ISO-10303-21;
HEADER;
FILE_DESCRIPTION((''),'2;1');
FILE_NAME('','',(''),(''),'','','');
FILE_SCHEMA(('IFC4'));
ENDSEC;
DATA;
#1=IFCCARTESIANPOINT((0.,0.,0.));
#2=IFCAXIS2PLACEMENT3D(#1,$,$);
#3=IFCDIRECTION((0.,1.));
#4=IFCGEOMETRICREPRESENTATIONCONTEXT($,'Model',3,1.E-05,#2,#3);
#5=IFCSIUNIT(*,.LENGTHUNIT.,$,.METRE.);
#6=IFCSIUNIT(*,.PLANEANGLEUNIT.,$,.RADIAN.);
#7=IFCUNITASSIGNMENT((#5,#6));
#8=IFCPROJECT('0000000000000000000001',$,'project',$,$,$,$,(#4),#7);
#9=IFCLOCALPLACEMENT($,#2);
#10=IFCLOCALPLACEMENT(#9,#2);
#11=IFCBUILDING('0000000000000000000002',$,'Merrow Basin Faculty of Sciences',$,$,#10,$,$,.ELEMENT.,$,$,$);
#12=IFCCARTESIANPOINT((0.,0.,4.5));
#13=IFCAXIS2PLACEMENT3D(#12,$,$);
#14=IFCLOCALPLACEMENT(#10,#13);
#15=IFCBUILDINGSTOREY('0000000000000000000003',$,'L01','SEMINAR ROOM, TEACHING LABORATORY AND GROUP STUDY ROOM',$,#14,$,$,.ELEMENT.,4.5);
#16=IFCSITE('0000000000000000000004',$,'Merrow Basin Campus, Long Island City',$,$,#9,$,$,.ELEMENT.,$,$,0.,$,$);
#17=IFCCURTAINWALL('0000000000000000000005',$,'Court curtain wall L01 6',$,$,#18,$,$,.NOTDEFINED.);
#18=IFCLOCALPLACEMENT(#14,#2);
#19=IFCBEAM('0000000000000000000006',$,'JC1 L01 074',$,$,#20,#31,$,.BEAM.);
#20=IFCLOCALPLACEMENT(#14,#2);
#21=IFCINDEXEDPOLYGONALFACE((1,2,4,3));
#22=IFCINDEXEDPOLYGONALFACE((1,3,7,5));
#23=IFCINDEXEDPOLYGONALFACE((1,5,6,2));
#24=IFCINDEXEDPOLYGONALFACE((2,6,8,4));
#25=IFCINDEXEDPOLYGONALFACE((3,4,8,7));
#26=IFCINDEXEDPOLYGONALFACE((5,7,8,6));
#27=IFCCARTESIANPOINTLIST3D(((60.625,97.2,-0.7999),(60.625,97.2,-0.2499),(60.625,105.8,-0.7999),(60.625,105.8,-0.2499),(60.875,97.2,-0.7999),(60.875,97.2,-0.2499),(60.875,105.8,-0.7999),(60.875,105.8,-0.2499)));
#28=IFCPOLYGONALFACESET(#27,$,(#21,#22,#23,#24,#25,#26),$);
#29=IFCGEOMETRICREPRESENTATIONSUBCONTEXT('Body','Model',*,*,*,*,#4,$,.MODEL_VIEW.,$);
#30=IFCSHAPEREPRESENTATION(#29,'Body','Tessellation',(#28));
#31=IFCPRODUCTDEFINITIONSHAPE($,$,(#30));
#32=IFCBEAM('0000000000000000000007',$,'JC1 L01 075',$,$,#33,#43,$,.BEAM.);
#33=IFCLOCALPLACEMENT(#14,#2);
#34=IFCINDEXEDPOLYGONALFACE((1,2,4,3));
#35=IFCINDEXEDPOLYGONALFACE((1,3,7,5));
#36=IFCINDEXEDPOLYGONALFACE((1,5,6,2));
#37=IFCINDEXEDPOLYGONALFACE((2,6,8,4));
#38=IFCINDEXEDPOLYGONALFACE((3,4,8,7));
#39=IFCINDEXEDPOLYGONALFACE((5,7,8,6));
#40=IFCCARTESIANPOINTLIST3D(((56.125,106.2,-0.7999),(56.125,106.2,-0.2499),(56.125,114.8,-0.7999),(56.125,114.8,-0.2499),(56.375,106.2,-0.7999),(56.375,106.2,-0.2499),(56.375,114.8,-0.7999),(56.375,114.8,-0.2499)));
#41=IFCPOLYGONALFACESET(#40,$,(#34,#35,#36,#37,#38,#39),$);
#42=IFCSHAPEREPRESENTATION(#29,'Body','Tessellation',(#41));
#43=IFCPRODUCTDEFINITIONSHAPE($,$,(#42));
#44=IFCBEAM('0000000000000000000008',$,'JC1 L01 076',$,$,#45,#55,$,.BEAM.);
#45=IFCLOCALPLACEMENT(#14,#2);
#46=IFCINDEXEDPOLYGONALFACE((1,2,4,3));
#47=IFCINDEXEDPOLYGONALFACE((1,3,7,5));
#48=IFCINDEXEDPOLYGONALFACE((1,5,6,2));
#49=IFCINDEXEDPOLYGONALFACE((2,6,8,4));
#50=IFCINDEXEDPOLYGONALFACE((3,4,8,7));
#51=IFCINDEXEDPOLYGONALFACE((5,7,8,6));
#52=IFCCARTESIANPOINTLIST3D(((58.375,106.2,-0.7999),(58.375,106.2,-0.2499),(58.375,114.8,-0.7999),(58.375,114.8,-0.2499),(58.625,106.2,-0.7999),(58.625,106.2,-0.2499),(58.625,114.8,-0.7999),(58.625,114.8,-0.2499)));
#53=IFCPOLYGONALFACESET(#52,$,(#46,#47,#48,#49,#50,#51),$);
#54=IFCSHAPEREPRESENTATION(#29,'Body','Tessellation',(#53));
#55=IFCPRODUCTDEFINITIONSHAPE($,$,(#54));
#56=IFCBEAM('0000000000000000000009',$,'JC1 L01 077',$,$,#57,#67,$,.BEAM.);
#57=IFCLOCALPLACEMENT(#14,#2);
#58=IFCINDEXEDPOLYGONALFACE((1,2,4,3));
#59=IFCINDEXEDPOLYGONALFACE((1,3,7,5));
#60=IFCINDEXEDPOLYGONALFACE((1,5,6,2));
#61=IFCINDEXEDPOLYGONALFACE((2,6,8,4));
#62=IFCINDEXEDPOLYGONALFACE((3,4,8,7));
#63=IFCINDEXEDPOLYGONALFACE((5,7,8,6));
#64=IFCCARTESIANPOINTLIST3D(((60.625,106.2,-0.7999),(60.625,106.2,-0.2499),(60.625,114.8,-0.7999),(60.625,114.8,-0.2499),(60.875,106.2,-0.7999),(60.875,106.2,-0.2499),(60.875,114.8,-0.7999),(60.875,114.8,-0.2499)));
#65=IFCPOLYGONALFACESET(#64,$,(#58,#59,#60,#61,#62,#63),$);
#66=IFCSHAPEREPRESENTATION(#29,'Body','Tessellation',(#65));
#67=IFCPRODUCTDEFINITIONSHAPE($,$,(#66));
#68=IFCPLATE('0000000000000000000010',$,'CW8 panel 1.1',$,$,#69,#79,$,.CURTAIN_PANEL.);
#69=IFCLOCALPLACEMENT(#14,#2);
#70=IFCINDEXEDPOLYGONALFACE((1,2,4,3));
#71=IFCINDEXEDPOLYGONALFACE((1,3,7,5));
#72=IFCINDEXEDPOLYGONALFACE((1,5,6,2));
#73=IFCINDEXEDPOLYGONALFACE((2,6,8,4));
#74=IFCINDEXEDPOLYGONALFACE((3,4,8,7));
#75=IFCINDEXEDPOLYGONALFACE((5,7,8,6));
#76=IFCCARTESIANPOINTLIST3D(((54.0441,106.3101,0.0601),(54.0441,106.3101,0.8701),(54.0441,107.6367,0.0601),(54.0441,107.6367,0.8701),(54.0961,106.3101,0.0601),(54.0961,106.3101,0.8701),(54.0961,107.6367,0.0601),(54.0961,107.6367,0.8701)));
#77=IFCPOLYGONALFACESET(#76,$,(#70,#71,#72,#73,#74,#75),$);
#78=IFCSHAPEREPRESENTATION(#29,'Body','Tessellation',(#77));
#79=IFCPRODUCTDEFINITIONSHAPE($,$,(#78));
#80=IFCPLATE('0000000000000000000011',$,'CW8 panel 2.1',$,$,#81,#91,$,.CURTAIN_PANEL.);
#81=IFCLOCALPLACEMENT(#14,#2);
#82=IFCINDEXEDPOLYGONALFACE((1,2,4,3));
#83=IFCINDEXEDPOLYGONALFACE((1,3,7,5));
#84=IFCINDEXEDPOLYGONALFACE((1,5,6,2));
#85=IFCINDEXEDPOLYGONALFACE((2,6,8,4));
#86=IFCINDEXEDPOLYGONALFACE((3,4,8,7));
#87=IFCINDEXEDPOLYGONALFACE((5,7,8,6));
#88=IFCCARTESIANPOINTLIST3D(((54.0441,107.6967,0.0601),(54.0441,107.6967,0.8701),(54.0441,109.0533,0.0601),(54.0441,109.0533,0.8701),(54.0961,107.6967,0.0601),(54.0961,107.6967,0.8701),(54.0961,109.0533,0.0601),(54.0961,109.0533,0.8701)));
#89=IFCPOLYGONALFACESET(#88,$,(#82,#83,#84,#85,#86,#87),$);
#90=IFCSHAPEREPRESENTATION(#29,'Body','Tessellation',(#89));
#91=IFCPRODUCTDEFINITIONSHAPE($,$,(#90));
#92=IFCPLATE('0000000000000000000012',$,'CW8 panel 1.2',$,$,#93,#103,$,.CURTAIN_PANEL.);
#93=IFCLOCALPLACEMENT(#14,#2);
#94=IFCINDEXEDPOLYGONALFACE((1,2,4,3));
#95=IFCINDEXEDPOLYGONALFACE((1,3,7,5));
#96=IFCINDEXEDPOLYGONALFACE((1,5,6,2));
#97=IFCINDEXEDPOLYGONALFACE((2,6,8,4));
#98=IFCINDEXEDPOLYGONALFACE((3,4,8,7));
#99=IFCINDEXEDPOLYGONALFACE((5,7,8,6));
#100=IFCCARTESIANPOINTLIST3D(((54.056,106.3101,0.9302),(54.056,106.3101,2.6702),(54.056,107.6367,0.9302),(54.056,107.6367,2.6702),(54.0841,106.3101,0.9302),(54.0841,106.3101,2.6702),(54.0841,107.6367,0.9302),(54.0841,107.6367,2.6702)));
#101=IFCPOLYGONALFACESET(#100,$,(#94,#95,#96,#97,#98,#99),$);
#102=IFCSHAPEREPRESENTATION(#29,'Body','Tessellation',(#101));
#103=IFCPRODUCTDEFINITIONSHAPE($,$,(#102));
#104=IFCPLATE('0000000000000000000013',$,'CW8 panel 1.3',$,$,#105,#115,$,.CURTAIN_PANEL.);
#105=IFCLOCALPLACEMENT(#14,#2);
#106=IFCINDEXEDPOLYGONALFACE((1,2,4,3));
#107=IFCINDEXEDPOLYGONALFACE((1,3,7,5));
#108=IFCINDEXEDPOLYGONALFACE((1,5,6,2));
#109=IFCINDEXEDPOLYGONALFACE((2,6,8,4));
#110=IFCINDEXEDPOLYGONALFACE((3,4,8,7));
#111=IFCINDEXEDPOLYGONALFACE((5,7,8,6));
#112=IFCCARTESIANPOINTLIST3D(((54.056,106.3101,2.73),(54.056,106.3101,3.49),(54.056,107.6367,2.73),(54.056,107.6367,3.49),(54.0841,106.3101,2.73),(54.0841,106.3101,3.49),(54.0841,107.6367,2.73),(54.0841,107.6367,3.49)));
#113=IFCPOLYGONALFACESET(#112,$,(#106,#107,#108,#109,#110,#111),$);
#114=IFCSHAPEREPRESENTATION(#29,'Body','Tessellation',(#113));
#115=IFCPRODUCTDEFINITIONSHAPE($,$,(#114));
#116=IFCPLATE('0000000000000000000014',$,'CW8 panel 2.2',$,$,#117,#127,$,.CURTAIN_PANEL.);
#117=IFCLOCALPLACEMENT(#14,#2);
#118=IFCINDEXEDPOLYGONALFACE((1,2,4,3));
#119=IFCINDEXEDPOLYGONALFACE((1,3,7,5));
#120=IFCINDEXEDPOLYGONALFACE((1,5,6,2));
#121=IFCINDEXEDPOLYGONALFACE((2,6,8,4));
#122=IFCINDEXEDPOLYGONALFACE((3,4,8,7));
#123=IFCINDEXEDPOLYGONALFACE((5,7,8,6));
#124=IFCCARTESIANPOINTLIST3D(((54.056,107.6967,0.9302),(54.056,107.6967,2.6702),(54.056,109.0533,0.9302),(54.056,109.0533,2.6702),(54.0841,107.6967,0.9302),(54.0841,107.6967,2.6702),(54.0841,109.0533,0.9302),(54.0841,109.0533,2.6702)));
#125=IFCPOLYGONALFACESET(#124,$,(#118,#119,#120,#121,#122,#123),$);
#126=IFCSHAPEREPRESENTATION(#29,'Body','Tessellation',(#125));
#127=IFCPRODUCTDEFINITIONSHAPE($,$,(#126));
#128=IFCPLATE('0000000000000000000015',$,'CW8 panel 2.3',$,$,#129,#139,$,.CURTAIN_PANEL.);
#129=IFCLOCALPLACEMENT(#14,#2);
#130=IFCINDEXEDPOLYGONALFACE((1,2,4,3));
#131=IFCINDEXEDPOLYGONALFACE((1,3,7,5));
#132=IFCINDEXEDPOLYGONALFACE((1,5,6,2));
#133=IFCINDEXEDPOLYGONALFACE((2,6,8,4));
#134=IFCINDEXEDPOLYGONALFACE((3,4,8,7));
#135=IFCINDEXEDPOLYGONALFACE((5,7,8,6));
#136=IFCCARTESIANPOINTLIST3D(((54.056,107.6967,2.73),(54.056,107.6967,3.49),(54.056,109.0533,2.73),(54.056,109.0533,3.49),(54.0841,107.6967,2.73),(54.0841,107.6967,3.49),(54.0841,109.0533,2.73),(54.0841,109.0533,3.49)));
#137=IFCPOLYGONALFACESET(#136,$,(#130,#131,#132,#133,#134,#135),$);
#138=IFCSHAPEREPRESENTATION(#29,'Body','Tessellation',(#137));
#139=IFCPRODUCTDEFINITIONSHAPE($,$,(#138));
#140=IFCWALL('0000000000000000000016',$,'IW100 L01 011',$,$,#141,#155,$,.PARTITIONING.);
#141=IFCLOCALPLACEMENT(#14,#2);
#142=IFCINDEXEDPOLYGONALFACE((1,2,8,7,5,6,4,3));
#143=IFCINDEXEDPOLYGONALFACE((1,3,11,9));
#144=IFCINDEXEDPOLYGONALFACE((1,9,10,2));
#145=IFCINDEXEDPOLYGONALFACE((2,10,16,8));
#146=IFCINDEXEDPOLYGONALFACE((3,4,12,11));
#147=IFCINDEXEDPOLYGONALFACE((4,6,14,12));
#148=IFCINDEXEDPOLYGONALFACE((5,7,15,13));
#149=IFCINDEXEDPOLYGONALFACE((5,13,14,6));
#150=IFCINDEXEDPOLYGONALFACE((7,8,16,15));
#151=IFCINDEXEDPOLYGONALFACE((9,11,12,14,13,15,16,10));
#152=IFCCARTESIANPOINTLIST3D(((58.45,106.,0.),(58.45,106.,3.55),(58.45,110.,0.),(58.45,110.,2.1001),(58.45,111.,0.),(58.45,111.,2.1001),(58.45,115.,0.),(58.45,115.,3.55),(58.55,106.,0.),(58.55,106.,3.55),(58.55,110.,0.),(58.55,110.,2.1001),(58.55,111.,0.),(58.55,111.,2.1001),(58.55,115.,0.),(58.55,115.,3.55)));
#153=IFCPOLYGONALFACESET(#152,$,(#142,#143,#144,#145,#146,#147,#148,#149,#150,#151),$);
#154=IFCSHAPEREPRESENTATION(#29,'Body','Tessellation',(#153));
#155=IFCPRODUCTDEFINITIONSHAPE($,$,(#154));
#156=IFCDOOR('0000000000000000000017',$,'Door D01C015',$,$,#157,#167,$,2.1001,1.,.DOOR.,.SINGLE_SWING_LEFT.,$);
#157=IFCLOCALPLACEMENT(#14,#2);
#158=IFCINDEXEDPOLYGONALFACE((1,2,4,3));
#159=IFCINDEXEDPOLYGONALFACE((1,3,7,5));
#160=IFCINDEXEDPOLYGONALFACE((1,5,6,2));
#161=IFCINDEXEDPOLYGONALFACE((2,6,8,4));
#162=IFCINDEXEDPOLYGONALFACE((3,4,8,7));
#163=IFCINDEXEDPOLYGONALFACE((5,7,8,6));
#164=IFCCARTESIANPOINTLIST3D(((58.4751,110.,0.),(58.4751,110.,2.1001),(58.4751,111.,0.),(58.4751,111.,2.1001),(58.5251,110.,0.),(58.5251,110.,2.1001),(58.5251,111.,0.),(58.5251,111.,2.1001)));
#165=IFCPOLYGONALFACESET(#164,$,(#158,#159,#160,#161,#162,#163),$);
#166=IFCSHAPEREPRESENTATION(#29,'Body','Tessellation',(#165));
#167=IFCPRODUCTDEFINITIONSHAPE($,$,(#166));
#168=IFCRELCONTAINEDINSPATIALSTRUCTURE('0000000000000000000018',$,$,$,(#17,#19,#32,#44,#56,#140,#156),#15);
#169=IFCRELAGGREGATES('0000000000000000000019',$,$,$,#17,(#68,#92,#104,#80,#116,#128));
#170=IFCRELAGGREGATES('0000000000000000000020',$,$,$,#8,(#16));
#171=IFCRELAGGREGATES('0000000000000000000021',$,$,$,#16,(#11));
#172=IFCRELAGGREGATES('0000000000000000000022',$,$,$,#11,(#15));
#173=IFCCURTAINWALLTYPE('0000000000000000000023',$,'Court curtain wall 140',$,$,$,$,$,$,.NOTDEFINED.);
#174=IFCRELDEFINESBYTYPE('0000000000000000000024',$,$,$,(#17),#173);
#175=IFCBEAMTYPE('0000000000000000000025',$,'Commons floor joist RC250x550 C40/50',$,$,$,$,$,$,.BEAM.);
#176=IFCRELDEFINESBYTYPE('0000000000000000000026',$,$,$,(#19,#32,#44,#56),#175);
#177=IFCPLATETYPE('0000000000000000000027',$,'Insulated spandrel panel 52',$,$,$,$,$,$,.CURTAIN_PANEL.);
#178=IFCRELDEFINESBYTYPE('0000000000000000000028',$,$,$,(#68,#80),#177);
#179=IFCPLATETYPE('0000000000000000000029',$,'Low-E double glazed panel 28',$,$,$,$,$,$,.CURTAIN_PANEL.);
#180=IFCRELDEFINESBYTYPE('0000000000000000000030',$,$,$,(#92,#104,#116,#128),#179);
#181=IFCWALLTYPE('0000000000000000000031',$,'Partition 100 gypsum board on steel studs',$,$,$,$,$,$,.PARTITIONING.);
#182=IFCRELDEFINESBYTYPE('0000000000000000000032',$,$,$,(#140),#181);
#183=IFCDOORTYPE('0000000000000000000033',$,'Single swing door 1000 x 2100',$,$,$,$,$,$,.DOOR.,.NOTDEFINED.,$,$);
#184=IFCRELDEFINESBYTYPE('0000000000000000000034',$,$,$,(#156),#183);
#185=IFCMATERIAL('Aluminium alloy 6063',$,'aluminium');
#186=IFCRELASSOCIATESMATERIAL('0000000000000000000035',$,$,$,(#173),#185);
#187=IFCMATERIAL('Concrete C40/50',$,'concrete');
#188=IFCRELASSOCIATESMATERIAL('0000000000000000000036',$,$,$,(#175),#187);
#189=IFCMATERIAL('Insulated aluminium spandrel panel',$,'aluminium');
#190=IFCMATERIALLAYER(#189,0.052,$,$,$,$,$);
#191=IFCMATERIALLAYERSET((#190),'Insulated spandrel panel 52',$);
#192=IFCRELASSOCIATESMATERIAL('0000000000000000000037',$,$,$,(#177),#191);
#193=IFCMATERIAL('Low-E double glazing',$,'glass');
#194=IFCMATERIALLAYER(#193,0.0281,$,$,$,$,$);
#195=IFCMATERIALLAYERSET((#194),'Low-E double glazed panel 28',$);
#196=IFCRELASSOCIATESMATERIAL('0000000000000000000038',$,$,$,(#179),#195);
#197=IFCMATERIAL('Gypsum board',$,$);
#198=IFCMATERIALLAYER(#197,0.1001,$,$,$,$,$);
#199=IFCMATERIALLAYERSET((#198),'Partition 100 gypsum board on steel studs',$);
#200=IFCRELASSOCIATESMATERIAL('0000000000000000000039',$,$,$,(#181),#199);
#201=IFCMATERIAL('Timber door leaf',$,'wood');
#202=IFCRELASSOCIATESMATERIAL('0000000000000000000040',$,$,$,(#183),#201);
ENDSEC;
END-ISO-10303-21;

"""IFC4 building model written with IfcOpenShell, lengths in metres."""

from ifc_helpers import new_model, si_unit, direction, frame, frame_2d, origin, origin_2d, place, context, subcontext, project, spatial, rectangle, extrude, material, layer, layer_set, material_profile, profile_set, type_object, element, fill, aggregate, save


model = new_model("IFC4")

# Units and contexts
model_context = context("Model", 3, precision=1e-05, world=origin(), true_north=direction((0.0, 1.0)))
body_context = subcontext(model_context, "Body", "Model", "MODEL_VIEW")
ifc_project = project(units=[si_unit("LENGTHUNIT", "METRE"), si_unit("PLANEANGLEUNIT", "RADIAN")], contexts=[model_context])

# Site, building, storey
site_placement = place(None, origin())
site = spatial("IfcSite", under=ifc_project, at=site_placement, Name="Merrow Basin Campus, Long Island City", CompositionType="ELEMENT", RefElevation=0.0)
building_placement = place(site_placement, origin())
building = spatial("IfcBuilding", under=site, at=building_placement, Name="Merrow Basin Faculty of Sciences", CompositionType="ELEMENT")
storey_placement = place(building_placement, frame((0.0, 0.0, 4.5)))
storey = spatial("IfcBuildingStorey", under=building, at=storey_placement, Name="L01", Description="SEMINAR ROOM, TEACHING LABORATORY AND GROUP STUDY ROOM", CompositionType="ELEMENT", Elevation=4.5)

# Curtain wall
ifc_material_1 = material(Name="Aluminium alloy 6063", Category="aluminium")
curtain_wall_type = type_object("IfcCurtainWallType", Name="Court curtain wall 140", PredefinedType="NOTDEFINED", material=ifc_material_1)
curtain_wall_placement = place(storey_placement, origin())
curtain_wall = element("IfcCurtainWall", 1, at=curtain_wall_placement, inside=storey, type_object=curtain_wall_type, Name="Court curtain wall L01 6", PredefinedType="NOTDEFINED")

# Beams
ifc_material_2 = material(Name="Concrete C40/50", Category="concrete")
ifc_material_profile_1 = material_profile(ifc_material_2, rectangle(XDim=0.25, YDim=0.55, at=origin_2d()))
ifc_profile_set_1 = profile_set([ifc_material_profile_1], Name="Concrete C40/50")
beam_type_1 = type_object("IfcBeamType", Name="Commons floor joist RC250x550 C40/50", PredefinedType="BEAM", material=ifc_profile_set_1)
for number, where, z_axis, x_axis, name in (
    (2, (60.75, 97.2, -0.5249), (0.0, 1.0, 0.0), (-1.0, 0.0, 0.0), "JC1 L01 074"),
    (3, (56.25, 106.2, -0.5249), (0.0, 1.0, 0.0), (-1.0, 0.0, 0.0), "JC1 L01 075"),
    (4, (58.5, 106.2, -0.5249), (0.0, 1.0, 0.0), (-1.0, 0.0, 0.0), "JC1 L01 076"),
    (5, (60.75, 106.2, -0.5249), (0.0, 1.0, 0.0), (-1.0, 0.0, 0.0), "JC1 L01 077"),
):
    element("IfcBeam", number, at=place(storey_placement, frame(where, z_axis=z_axis, x_axis=x_axis)), inside=storey, type_object=beam_type_1, Name=name, PredefinedType="BEAM", context=body_context, shape_type="SweptSolid", body=[
        extrude(rectangle(XDim=0.25, YDim=0.55, at=origin_2d()), origin(), (0.0, 0.0, 1.0), 8.6001),
    ])

# Plates
ifc_material_3 = material(Name="Insulated aluminium spandrel panel", Category="aluminium")
ifc_layer_1 = layer(ifc_material_3, 0.052)
ifc_layer_set_1 = layer_set([ifc_layer_1], Name="Insulated spandrel panel 52")
plate_type_1 = type_object("IfcPlateType", Name="Insulated spandrel panel 52", PredefinedType="CURTAIN_PANEL", material=ifc_layer_set_1)
plate_1_placement = place(storey_placement, frame((54.0701, 106.9734, 0.0601), z_axis=(0.0, 0.0, 1.0), x_axis=(0.0, 1.0, 0.0)))
plate_1 = element("IfcPlate", 6, at=plate_1_placement, type_object=plate_type_1, Name="CW8 panel 1.1", PredefinedType="CURTAIN_PANEL", context=body_context, shape_type="SweptSolid", body=[
    extrude(rectangle(XDim=1.3267, YDim=0.052, at=origin_2d()), origin(), (0.0, 0.0, 1.0), 0.8101),
])
plate_2_placement = place(storey_placement, frame((54.0701, 108.375, 0.0601), z_axis=(0.0, 0.0, 1.0), x_axis=(0.0, 1.0, 0.0)))
plate_2 = element("IfcPlate", 7, at=plate_2_placement, type_object=plate_type_1, Name="CW8 panel 2.1", PredefinedType="CURTAIN_PANEL", context=body_context, shape_type="SweptSolid", body=[
    extrude(rectangle(XDim=1.3567, YDim=0.052, at=origin_2d()), origin(), (0.0, 0.0, 1.0), 0.8101),
])
ifc_material_4 = material(Name="Low-E double glazing", Category="glass")
ifc_layer_2 = layer(ifc_material_4, 0.0281)
ifc_layer_set_2 = layer_set([ifc_layer_2], Name="Low-E double glazed panel 28")
plate_type_2 = type_object("IfcPlateType", Name="Low-E double glazed panel 28", PredefinedType="CURTAIN_PANEL", material=ifc_layer_set_2)
plate_3_placement = place(storey_placement, frame((54.0701, 106.9734, 0.9302), z_axis=(0.0, 0.0, 1.0), x_axis=(0.0, 1.0, 0.0)))
plate_3 = element("IfcPlate", 8, at=plate_3_placement, type_object=plate_type_2, Name="CW8 panel 1.2", PredefinedType="CURTAIN_PANEL", context=body_context, shape_type="SweptSolid", body=[
    extrude(rectangle(XDim=1.3267, YDim=0.0281, at=origin_2d()), origin(), (0.0, 0.0, 1.0), 1.74),
])
plate_4_placement = place(storey_placement, frame((54.0701, 106.9734, 2.73), z_axis=(0.0, 0.0, 1.0), x_axis=(0.0, 1.0, 0.0)))
plate_4 = element("IfcPlate", 9, at=plate_4_placement, type_object=plate_type_2, Name="CW8 panel 1.3", PredefinedType="CURTAIN_PANEL", context=body_context, shape_type="SweptSolid", body=[
    extrude(rectangle(XDim=1.3267, YDim=0.0281, at=origin_2d()), origin(), (0.0, 0.0, 1.0), 0.76),
])
plate_5_placement = place(storey_placement, frame((54.0701, 108.375, 0.9302), z_axis=(0.0, 0.0, 1.0), x_axis=(0.0, 1.0, 0.0)))
plate_5 = element("IfcPlate", 10, at=plate_5_placement, type_object=plate_type_2, Name="CW8 panel 2.2", PredefinedType="CURTAIN_PANEL", context=body_context, shape_type="SweptSolid", body=[
    extrude(rectangle(XDim=1.3567, YDim=0.0281, at=origin_2d()), origin(), (0.0, 0.0, 1.0), 1.74),
])
plate_6_placement = place(storey_placement, frame((54.0701, 108.375, 2.73), z_axis=(0.0, 0.0, 1.0), x_axis=(0.0, 1.0, 0.0)))
plate_6 = element("IfcPlate", 11, at=plate_6_placement, type_object=plate_type_2, Name="CW8 panel 2.3", PredefinedType="CURTAIN_PANEL", context=body_context, shape_type="SweptSolid", body=[
    extrude(rectangle(XDim=1.3567, YDim=0.0281, at=origin_2d()), origin(), (0.0, 0.0, 1.0), 0.76),
])
aggregate(curtain_wall, [plate_1, plate_3, plate_4, plate_2, plate_5, plate_6])

# Wall, opening, door
ifc_material_5 = material(Name="Gypsum board")
ifc_layer_3 = layer(ifc_material_5, 0.1001)
ifc_layer_set_3 = layer_set([ifc_layer_3], Name="Partition 100 gypsum board on steel studs")
wall_type = type_object("IfcWallType", Name="Partition 100 gypsum board on steel studs", PredefinedType="PARTITIONING", material=ifc_layer_set_3)
wall_1_placement = place(storey_placement, frame((58.5, 106.0, 0.0), z_axis=(0.0, 0.0, 1.0), x_axis=(0.0, 1.0, 0.0)))
wall_1 = element("IfcWall", 12, at=wall_1_placement, inside=storey, type_object=wall_type, Name="IW100 L01 011", PredefinedType="PARTITIONING", context=body_context, shape_type="SweptSolid", body=[
    extrude(rectangle(XDim=9.0, YDim=0.1001, at=frame_2d((4.5, 0.0))), origin(), (0.0, 0.0, 1.0), 3.55),
])
opening_1_placement = place(wall_1_placement, frame((4.0, 0.0, 0.0)))
opening_1 = element("IfcOpeningElement", 13, at=opening_1_placement, cuts=wall_1, PredefinedType="OPENING", context=body_context, shape_type="SweptSolid", body=[
    extrude(rectangle(XDim=1.0, YDim=2.1001, at=frame_2d((0.5, 1.05))), frame((0.0, 0.0601, 0.0), z_axis=(0.0, -1.0, 0.0), x_axis=(1.0, 0.0, 0.0)), (0.0, 0.0, 1.0), 0.1201),
])
ifc_material_6 = material(Name="Timber door leaf", Category="wood")
door_type = type_object("IfcDoorType", Name="Single swing door 1000 x 2100", OperationType="NOTDEFINED", PredefinedType="DOOR", material=ifc_material_6)
door_1_placement = place(opening_1_placement, origin())
door_1 = element("IfcDoor", 14, at=door_1_placement, inside=storey, type_object=door_type, Name="Door D01C015", OperationType="SINGLE_SWING_LEFT", OverallHeight=2.1001, OverallWidth=1.0, PredefinedType="DOOR", context=body_context, shape_type="SweptSolid", body=[
    extrude(rectangle(XDim=1.0, YDim=2.1001, at=frame_2d((0.5, 1.05))), frame((0.0, 0.0249, 0.0), z_axis=(0.0, -1.0, 0.0), x_axis=(1.0, 0.0, 0.0)), (0.0, 0.0, 1.0), 0.05),
])
fill(opening_1, door_1)

save(model, "model.ifc")
